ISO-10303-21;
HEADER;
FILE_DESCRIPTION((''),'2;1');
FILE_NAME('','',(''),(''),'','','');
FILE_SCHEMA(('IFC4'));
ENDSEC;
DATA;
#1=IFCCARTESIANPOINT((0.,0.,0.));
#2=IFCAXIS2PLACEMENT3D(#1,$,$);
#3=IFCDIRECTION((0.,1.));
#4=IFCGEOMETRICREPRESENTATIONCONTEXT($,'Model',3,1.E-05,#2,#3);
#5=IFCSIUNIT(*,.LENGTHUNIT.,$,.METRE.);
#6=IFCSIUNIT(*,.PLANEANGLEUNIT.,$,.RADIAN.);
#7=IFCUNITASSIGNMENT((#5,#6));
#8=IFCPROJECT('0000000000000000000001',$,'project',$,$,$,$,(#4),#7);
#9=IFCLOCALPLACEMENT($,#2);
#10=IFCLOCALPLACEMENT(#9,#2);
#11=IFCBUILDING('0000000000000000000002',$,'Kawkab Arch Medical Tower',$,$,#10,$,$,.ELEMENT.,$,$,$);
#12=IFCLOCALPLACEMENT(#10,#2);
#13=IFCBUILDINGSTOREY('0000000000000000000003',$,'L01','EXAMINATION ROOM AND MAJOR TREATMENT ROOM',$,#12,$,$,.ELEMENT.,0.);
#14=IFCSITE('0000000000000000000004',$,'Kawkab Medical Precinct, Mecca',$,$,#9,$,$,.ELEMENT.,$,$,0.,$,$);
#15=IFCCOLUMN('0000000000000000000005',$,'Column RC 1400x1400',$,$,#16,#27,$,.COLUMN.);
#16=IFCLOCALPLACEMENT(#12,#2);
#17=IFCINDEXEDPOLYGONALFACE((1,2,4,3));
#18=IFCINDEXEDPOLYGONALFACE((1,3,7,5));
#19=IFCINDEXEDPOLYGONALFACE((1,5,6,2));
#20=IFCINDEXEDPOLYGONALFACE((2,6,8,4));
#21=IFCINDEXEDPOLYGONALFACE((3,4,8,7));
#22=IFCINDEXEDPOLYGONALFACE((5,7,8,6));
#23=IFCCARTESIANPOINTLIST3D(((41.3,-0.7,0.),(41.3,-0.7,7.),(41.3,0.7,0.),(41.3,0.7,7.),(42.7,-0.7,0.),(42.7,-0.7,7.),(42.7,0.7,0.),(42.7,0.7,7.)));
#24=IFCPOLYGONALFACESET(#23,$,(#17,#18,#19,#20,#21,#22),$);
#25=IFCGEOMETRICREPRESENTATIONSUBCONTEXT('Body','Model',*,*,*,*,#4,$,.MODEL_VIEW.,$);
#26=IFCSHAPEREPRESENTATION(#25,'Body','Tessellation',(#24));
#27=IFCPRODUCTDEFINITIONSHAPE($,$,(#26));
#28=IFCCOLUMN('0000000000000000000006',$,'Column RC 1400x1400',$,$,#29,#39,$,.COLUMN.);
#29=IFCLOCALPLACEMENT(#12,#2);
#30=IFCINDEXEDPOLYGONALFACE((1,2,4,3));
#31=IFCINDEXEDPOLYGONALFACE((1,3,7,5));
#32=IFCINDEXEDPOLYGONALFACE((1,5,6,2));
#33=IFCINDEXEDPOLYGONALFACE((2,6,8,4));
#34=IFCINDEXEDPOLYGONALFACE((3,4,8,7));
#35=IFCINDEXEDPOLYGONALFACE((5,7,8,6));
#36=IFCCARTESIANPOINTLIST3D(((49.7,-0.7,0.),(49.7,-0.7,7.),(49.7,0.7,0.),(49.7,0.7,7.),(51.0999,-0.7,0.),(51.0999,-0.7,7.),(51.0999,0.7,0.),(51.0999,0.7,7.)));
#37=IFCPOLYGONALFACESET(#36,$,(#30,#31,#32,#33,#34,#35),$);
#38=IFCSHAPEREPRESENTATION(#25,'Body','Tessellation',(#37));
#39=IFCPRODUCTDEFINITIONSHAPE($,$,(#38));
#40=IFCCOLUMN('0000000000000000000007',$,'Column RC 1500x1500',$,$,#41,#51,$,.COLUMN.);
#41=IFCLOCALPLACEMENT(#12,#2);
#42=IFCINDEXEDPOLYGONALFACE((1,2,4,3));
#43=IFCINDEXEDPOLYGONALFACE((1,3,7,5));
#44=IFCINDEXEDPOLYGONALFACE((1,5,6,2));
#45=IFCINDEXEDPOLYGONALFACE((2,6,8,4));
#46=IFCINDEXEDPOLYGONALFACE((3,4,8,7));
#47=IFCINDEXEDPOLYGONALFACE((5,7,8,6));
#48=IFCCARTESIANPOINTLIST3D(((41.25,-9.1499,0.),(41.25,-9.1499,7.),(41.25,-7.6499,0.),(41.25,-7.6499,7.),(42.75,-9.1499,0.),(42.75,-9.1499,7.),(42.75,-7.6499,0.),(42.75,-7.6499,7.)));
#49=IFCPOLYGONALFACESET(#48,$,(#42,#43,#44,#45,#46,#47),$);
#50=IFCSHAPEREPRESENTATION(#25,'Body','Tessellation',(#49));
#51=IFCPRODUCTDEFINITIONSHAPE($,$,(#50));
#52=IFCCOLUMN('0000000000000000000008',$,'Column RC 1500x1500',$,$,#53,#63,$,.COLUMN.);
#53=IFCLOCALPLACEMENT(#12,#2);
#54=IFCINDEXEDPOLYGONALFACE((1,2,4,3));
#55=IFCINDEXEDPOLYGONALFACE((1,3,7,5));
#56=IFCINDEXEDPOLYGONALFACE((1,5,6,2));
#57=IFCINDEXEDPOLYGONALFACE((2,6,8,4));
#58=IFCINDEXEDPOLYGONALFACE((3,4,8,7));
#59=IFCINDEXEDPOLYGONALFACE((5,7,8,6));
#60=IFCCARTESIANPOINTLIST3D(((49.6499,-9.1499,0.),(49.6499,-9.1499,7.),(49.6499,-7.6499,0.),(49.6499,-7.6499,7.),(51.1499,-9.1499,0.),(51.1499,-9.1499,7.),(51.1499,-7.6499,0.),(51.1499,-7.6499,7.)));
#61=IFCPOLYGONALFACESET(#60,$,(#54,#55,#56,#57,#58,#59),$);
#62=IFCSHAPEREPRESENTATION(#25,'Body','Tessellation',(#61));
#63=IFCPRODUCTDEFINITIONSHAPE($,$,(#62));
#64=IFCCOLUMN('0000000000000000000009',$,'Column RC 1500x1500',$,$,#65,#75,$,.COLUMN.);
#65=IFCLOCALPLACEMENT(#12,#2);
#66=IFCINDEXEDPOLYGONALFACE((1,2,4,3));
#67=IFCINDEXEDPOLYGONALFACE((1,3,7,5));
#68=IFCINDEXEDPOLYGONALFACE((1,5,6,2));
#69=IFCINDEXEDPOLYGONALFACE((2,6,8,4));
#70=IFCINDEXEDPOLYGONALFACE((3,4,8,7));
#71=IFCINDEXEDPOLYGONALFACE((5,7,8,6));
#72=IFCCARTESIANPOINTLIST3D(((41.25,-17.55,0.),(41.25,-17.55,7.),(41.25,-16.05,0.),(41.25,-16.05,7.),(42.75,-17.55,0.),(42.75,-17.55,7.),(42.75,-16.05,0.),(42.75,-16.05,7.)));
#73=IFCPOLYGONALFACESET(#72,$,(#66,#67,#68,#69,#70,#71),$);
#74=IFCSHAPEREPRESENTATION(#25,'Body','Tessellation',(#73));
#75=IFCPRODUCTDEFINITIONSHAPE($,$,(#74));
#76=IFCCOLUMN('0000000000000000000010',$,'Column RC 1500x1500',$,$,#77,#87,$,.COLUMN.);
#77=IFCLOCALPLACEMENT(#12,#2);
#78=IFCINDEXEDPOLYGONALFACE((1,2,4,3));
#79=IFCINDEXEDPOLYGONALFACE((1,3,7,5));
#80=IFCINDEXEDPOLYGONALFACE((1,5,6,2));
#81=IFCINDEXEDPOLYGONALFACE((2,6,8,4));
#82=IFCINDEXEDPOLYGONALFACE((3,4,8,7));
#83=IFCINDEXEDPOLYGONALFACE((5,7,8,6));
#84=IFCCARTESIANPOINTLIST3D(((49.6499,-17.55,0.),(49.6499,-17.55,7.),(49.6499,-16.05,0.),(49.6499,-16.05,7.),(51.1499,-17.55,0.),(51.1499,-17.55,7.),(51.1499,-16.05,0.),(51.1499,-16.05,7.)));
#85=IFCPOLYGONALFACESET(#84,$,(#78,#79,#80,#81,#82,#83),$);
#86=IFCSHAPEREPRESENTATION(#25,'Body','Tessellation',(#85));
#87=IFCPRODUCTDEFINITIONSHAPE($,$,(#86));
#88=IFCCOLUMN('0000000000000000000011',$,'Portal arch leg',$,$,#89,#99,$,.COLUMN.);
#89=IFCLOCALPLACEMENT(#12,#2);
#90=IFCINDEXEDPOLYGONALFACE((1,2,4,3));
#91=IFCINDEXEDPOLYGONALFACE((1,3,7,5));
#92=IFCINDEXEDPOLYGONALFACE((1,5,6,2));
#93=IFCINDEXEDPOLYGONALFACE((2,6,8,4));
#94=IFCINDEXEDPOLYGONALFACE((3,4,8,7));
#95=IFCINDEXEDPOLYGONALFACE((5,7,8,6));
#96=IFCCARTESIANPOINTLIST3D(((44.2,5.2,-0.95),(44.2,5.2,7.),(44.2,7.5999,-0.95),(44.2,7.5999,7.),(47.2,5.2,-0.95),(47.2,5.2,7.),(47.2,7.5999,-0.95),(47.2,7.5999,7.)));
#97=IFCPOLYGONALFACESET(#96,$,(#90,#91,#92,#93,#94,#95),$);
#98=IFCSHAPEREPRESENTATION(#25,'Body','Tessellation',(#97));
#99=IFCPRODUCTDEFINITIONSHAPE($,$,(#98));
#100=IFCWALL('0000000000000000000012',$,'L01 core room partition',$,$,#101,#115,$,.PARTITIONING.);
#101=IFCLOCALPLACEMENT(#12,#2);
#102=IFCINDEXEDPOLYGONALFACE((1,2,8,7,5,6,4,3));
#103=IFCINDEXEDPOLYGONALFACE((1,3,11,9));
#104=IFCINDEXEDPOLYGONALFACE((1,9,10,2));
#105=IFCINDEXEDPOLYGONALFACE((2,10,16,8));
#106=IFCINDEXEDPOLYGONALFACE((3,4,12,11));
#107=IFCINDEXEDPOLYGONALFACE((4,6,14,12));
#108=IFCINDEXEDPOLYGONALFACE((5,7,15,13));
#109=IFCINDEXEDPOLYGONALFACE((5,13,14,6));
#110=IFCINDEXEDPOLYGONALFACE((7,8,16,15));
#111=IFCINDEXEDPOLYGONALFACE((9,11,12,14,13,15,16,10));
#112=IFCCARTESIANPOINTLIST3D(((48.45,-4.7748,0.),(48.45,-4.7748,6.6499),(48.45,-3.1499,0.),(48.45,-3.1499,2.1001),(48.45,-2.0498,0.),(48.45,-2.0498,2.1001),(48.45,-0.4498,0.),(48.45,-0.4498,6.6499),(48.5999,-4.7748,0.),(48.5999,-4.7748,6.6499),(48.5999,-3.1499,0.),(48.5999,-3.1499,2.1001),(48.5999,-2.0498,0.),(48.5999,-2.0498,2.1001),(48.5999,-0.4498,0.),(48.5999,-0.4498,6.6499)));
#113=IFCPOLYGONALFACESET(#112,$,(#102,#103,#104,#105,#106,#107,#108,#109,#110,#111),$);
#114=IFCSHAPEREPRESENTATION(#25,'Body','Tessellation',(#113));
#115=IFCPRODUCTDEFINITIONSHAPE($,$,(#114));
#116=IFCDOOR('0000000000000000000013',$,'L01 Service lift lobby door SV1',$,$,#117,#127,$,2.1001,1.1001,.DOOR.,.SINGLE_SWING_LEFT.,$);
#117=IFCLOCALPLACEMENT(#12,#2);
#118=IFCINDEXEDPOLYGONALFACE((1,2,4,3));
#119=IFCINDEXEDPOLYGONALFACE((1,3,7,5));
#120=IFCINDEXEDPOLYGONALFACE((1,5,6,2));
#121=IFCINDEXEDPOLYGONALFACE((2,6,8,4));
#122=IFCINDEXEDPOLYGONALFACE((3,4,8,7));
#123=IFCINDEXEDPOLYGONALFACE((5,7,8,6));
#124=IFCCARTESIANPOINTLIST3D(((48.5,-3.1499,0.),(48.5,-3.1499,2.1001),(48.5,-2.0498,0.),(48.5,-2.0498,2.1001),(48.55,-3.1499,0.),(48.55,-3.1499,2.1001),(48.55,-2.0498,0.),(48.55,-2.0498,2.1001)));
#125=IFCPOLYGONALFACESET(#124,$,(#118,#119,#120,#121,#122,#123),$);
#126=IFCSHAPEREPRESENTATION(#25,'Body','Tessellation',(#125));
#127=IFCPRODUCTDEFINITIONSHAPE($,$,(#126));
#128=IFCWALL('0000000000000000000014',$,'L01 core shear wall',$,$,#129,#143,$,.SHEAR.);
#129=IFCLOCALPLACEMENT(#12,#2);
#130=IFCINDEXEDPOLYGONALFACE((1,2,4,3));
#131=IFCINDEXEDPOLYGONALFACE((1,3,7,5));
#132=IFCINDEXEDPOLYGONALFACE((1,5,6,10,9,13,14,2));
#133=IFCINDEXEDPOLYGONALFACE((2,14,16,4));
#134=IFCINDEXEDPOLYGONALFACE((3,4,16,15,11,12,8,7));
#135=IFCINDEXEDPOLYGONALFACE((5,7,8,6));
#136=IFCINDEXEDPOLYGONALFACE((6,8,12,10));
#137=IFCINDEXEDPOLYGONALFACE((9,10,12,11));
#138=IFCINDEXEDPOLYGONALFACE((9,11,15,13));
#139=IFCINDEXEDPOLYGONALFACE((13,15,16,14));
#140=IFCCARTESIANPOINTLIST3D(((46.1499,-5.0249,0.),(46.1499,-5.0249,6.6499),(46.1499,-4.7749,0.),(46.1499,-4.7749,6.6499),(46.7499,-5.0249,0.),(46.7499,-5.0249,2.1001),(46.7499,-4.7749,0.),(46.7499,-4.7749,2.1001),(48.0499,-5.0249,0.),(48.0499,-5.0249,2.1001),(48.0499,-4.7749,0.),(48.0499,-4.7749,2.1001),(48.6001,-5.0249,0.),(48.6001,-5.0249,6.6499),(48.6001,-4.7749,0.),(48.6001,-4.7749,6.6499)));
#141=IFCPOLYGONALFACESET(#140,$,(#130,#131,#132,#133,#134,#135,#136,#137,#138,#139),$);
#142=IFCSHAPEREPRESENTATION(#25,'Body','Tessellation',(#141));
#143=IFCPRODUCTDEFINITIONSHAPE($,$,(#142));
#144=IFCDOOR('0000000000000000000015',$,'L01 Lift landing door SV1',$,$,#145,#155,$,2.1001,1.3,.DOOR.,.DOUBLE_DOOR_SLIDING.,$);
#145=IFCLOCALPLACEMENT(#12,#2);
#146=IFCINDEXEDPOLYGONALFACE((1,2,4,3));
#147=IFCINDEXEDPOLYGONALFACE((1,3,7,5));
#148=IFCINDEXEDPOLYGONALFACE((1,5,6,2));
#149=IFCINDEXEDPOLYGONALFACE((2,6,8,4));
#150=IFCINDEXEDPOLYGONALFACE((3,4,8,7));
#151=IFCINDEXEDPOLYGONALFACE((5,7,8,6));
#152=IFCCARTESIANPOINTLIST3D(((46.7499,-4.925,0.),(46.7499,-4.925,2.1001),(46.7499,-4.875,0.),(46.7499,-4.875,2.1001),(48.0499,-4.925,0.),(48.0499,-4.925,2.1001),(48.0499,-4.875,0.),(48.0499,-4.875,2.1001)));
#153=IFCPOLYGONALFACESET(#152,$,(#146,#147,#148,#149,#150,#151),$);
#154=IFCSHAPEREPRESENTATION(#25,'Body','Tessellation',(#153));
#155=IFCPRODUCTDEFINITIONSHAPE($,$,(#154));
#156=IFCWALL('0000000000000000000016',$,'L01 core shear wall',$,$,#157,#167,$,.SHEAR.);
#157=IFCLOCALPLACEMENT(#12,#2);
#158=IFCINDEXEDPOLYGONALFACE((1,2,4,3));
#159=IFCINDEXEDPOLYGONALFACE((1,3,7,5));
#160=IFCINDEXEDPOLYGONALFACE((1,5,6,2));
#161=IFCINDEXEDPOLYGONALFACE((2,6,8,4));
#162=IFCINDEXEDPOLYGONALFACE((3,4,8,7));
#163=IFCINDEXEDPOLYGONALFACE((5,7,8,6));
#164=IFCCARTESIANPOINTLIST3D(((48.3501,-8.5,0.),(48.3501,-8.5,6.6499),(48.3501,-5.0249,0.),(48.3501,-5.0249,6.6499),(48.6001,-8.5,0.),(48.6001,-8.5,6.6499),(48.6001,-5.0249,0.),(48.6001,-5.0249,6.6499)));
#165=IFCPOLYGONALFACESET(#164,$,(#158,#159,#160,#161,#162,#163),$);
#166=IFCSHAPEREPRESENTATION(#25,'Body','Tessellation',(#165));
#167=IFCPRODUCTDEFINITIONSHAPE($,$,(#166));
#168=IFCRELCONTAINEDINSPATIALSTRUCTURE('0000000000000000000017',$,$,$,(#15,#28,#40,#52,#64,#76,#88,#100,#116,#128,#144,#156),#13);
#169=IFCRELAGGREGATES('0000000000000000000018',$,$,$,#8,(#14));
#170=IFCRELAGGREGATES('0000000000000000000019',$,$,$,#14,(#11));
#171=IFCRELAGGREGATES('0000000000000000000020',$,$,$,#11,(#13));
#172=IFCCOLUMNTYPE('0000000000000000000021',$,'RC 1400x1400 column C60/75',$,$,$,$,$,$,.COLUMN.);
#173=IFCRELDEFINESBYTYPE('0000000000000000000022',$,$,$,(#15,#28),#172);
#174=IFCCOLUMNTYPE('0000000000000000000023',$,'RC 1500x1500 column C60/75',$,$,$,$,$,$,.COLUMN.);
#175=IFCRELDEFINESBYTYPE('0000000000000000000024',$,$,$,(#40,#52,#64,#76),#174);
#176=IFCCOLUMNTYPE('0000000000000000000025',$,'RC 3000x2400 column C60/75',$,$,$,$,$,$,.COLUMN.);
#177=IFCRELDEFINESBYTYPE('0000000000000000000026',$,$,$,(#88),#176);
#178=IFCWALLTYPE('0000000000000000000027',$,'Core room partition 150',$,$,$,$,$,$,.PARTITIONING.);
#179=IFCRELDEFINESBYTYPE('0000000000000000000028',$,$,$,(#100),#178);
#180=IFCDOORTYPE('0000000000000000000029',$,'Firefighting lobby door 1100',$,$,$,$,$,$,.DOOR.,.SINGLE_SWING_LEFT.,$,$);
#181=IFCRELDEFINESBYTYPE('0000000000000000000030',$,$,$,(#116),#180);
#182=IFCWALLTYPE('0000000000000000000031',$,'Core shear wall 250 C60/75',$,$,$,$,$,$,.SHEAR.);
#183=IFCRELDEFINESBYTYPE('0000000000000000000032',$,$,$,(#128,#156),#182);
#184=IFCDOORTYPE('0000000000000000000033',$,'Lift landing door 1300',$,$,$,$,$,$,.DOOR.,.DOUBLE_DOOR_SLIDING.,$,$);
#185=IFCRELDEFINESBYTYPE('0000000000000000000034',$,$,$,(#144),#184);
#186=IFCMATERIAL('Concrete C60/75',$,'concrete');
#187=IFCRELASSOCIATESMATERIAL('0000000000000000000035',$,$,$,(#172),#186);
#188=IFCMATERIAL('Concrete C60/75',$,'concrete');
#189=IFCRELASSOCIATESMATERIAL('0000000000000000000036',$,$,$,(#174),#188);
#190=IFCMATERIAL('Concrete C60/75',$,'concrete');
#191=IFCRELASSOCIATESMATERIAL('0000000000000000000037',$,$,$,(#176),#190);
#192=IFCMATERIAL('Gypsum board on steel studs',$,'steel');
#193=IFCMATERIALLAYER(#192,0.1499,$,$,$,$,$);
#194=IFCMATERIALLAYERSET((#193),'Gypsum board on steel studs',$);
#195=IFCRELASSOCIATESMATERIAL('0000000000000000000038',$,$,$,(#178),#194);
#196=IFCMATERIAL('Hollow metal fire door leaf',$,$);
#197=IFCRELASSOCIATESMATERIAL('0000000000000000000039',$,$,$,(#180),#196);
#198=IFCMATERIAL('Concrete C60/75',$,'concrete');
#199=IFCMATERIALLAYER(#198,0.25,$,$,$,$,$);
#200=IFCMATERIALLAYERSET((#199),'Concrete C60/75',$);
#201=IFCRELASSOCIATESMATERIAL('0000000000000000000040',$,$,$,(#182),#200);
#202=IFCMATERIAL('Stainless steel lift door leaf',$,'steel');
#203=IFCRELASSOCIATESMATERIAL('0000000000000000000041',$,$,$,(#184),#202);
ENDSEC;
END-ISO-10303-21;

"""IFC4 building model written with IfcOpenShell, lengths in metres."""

from ifc_helpers import new_model, si_unit, direction, frame, frame_2d, origin, origin_2d, place, context, subcontext, project, spatial, rectangle, extrude, material, layer, layer_set, material_profile, profile_set, type_object, element, fill, save


model = new_model("IFC4")

# Units and contexts
model_context = context("Model", 3, precision=1e-05, world=origin(), true_north=direction((0.0, 1.0)))
body_context = subcontext(model_context, "Body", "Model", "MODEL_VIEW")
ifc_project = project(units=[si_unit("LENGTHUNIT", "METRE"), si_unit("PLANEANGLEUNIT", "RADIAN")], contexts=[model_context])

# Site, building, storey
site_placement = place(None, origin())
site = spatial("IfcSite", under=ifc_project, at=site_placement, Name="Kawkab Medical Precinct, Mecca", CompositionType="ELEMENT", RefElevation=0.0)
building_placement = place(site_placement, origin())
building = spatial("IfcBuilding", under=site, at=building_placement, Name="Kawkab Arch Medical Tower", CompositionType="ELEMENT")
storey_placement = place(building_placement, origin())
storey = spatial("IfcBuildingStorey", under=building, at=storey_placement, Name="L01", Description="EXAMINATION ROOM AND MAJOR TREATMENT ROOM", CompositionType="ELEMENT", Elevation=0.0)

# Columns
ifc_material_1 = material(Name="Concrete C60/75", Category="concrete")
ifc_material_profile_1 = material_profile(ifc_material_1, rectangle(XDim=1.3999, YDim=1.3999, at=origin_2d()), Name="RC 1400x1400")
ifc_profile_set_1 = profile_set([ifc_material_profile_1], Name="Concrete C60/75")
column_type_1 = type_object("IfcColumnType", Name="RC 1400x1400 column C60/75", PredefinedType="COLUMN", material=ifc_profile_set_1)
for number, where, z_axis, x_axis, name in (
    (1, (42.0, 0.0, 0.0), (0.0, 0.0, 1.0), (1.0, 0.0, 0.0), "Column RC 1400x1400"),
    (2, (50.3999, 0.0, 0.0), (0.0, 0.0, 1.0), (1.0, 0.0, 0.0), "Column RC 1400x1400"),
):
    element("IfcColumn", number, at=place(storey_placement, frame(where, z_axis=z_axis, x_axis=x_axis)), inside=storey, type_object=column_type_1, Name=name, PredefinedType="COLUMN", context=body_context, shape_type="SweptSolid", body=[
        extrude(rectangle(XDim=1.3999, YDim=1.3999, at=origin_2d()), origin(), (0.0, 0.0, 1.0), 7.0),
    ])
ifc_material_2 = material(Name="Concrete C60/75", Category="concrete")
ifc_material_profile_2 = material_profile(ifc_material_2, rectangle(XDim=1.5, YDim=1.5, at=origin_2d()), Name="RC 1500x1500")
ifc_profile_set_2 = profile_set([ifc_material_profile_2], Name="Concrete C60/75")
column_type_2 = type_object("IfcColumnType", Name="RC 1500x1500 column C60/75", PredefinedType="COLUMN", material=ifc_profile_set_2)
for number, where, z_axis, x_axis, name in (
    (3, (42.0, -8.3999, 0.0), (0.0, 0.0, 1.0), (1.0, 0.0, 0.0), "Column RC 1500x1500"),
    (4, (50.3999, -8.3999, 0.0), (0.0, 0.0, 1.0), (1.0, 0.0, 0.0), "Column RC 1500x1500"),
    (5, (42.0, -16.8, 0.0), (0.0, 0.0, 1.0), (1.0, 0.0, 0.0), "Column RC 1500x1500"),
    (6, (50.3999, -16.8, 0.0), (0.0, 0.0, 1.0), (1.0, 0.0, 0.0), "Column RC 1500x1500"),
):
    element("IfcColumn", number, at=place(storey_placement, frame(where, z_axis=z_axis, x_axis=x_axis)), inside=storey, type_object=column_type_2, Name=name, PredefinedType="COLUMN", context=body_context, shape_type="SweptSolid", body=[
        extrude(rectangle(XDim=1.5, YDim=1.5, at=origin_2d()), origin(), (0.0, 0.0, 1.0), 7.0),
    ])
ifc_material_3 = material(Name="Concrete C60/75", Category="concrete")
ifc_material_profile_3 = material_profile(ifc_material_3, rectangle(XDim=3.0, YDim=2.3999, at=origin_2d()), Name="RC 3000x2400")
ifc_profile_set_3 = profile_set([ifc_material_profile_3], Name="Concrete C60/75")
column_type_3 = type_object("IfcColumnType", Name="RC 3000x2400 column C60/75", PredefinedType="COLUMN", material=ifc_profile_set_3)
column_placement = place(storey_placement, frame((45.7, 6.3999, -0.95), z_axis=(0.0, 0.0, 1.0), x_axis=(1.0, 0.0, 0.0)))
element("IfcColumn", 7, at=column_placement, inside=storey, type_object=column_type_3, Name="Portal arch leg", PredefinedType="COLUMN", context=body_context, shape_type="SweptSolid", body=[
    extrude(rectangle(XDim=3.0, YDim=2.3999, at=origin_2d()), origin(), (0.0, 0.0, 1.0), 7.95),
])

# Walls, openings, doors
ifc_material_4 = material(Name="Gypsum board on steel studs", Category="steel")
ifc_layer_1 = layer(ifc_material_4, 0.1499)
ifc_layer_set_1 = layer_set([ifc_layer_1], Name="Gypsum board on steel studs")
wall_type_1 = type_object("IfcWallType", Name="Core room partition 150", PredefinedType="PARTITIONING", material=ifc_layer_set_1)
wall_1_placement = place(storey_placement, frame((48.5249, -4.7749, 0.0), z_axis=(0.0, 0.0, 1.0), x_axis=(0.0, 1.0, 0.0)))
wall_1 = element("IfcWall", 8, at=wall_1_placement, inside=storey, type_object=wall_type_1, Name="L01 core room partition", PredefinedType="PARTITIONING", context=body_context, shape_type="SweptSolid", body=[
    extrude(rectangle(XDim=4.325, YDim=0.1499, at=frame_2d((2.1626, 0.0))), origin(), (0.0, 0.0, 1.0), 6.6499),
])
opening_1_placement = place(wall_1_placement, frame((1.625, 0.0, 0.0)))
opening_1 = element("IfcOpeningElement", 9, at=opening_1_placement, cuts=wall_1, PredefinedType="OPENING", context=body_context, shape_type="SweptSolid", body=[
    extrude(rectangle(XDim=1.1001, YDim=2.1001, at=frame_2d((0.55, 1.05))), frame((0.0, 0.085, 0.0), z_axis=(0.0, -1.0, 0.0), x_axis=(1.0, 0.0, 0.0)), (0.0, 0.0, 1.0), 0.1699),
])
ifc_material_5 = material(Name="Hollow metal fire door leaf")
door_type_1 = type_object("IfcDoorType", Name="Firefighting lobby door 1100", OperationType="SINGLE_SWING_LEFT", PredefinedType="DOOR", material=ifc_material_5)
door_1_placement = place(opening_1_placement, origin())
door_1 = element("IfcDoor", 10, at=door_1_placement, inside=storey, type_object=door_type_1, Name="L01 Service lift lobby door SV1", OperationType="SINGLE_SWING_LEFT", OverallHeight=2.1001, OverallWidth=1.1001, PredefinedType="DOOR", context=body_context, shape_type="SweptSolid", body=[
    extrude(rectangle(XDim=1.1001, YDim=2.1001, at=frame_2d((0.55, 1.05))), frame((0.0, 0.0249, 0.0), z_axis=(0.0, -1.0, 0.0), x_axis=(1.0, 0.0, 0.0)), (0.0, 0.0, 1.0), 0.05),
])
fill(opening_1, door_1)
ifc_material_6 = material(Name="Concrete C60/75", Category="concrete")
ifc_layer_2 = layer(ifc_material_6, 0.25)
ifc_layer_set_2 = layer_set([ifc_layer_2], Name="Concrete C60/75")
wall_type_2 = type_object("IfcWallType", Name="Core shear wall 250 C60/75", PredefinedType="SHEAR", material=ifc_layer_set_2)
wall_2_placement = place(storey_placement, frame((46.1499, -4.8999, 0.0), z_axis=(0.0, 0.0, 1.0), x_axis=(1.0, 0.0, 0.0)))
wall_2 = element("IfcWall", 11, at=wall_2_placement, inside=storey, type_object=wall_type_2, Name="L01 core shear wall", PredefinedType="SHEAR", context=body_context, shape_type="SweptSolid", body=[
    extrude(rectangle(XDim=2.4502, YDim=0.25, at=frame_2d((1.2251, 0.0))), origin(), (0.0, 0.0, 1.0), 6.6499),
])
opening_2_placement = place(wall_2_placement, frame((0.6001, 0.0, 0.0)))
opening_2 = element("IfcOpeningElement", 12, at=opening_2_placement, cuts=wall_2, PredefinedType="OPENING", context=body_context, shape_type="SweptSolid", body=[
    extrude(rectangle(XDim=1.3, YDim=2.1001, at=frame_2d((0.6499, 1.05))), frame((0.0, 0.135, 0.0), z_axis=(0.0, -1.0, 0.0), x_axis=(1.0, 0.0, 0.0)), (0.0, 0.0, 1.0), 0.27),
])
ifc_material_7 = material(Name="Stainless steel lift door leaf", Category="steel")
door_type_2 = type_object("IfcDoorType", Name="Lift landing door 1300", OperationType="DOUBLE_DOOR_SLIDING", PredefinedType="DOOR", material=ifc_material_7)
door_2_placement = place(opening_2_placement, origin())
door_2 = element("IfcDoor", 13, at=door_2_placement, inside=storey, type_object=door_type_2, Name="L01 Lift landing door SV1", OperationType="DOUBLE_DOOR_SLIDING", OverallHeight=2.1001, OverallWidth=1.3, PredefinedType="DOOR", context=body_context, shape_type="SweptSolid", body=[
    extrude(rectangle(XDim=1.3, YDim=2.1001, at=frame_2d((0.6499, 1.05))), frame((0.0, 0.0249, 0.0), z_axis=(0.0, -1.0, 0.0), x_axis=(1.0, 0.0, 0.0)), (0.0, 0.0, 1.0), 0.05),
])
fill(opening_2, door_2)

# Wall
wall_3_placement = place(storey_placement, frame((48.4751, -8.5, 0.0), z_axis=(0.0, 0.0, 1.0), x_axis=(0.0, 1.0, 0.0)))
element("IfcWall", 14, at=wall_3_placement, inside=storey, type_object=wall_type_2, Name="L01 core shear wall", PredefinedType="SHEAR", context=body_context, shape_type="SweptSolid", body=[
    extrude(rectangle(XDim=3.4751, YDim=0.25, at=frame_2d((1.7375, 0.0))), origin(), (0.0, 0.0, 1.0), 6.6499),
])

save(model, "model.ifc")
